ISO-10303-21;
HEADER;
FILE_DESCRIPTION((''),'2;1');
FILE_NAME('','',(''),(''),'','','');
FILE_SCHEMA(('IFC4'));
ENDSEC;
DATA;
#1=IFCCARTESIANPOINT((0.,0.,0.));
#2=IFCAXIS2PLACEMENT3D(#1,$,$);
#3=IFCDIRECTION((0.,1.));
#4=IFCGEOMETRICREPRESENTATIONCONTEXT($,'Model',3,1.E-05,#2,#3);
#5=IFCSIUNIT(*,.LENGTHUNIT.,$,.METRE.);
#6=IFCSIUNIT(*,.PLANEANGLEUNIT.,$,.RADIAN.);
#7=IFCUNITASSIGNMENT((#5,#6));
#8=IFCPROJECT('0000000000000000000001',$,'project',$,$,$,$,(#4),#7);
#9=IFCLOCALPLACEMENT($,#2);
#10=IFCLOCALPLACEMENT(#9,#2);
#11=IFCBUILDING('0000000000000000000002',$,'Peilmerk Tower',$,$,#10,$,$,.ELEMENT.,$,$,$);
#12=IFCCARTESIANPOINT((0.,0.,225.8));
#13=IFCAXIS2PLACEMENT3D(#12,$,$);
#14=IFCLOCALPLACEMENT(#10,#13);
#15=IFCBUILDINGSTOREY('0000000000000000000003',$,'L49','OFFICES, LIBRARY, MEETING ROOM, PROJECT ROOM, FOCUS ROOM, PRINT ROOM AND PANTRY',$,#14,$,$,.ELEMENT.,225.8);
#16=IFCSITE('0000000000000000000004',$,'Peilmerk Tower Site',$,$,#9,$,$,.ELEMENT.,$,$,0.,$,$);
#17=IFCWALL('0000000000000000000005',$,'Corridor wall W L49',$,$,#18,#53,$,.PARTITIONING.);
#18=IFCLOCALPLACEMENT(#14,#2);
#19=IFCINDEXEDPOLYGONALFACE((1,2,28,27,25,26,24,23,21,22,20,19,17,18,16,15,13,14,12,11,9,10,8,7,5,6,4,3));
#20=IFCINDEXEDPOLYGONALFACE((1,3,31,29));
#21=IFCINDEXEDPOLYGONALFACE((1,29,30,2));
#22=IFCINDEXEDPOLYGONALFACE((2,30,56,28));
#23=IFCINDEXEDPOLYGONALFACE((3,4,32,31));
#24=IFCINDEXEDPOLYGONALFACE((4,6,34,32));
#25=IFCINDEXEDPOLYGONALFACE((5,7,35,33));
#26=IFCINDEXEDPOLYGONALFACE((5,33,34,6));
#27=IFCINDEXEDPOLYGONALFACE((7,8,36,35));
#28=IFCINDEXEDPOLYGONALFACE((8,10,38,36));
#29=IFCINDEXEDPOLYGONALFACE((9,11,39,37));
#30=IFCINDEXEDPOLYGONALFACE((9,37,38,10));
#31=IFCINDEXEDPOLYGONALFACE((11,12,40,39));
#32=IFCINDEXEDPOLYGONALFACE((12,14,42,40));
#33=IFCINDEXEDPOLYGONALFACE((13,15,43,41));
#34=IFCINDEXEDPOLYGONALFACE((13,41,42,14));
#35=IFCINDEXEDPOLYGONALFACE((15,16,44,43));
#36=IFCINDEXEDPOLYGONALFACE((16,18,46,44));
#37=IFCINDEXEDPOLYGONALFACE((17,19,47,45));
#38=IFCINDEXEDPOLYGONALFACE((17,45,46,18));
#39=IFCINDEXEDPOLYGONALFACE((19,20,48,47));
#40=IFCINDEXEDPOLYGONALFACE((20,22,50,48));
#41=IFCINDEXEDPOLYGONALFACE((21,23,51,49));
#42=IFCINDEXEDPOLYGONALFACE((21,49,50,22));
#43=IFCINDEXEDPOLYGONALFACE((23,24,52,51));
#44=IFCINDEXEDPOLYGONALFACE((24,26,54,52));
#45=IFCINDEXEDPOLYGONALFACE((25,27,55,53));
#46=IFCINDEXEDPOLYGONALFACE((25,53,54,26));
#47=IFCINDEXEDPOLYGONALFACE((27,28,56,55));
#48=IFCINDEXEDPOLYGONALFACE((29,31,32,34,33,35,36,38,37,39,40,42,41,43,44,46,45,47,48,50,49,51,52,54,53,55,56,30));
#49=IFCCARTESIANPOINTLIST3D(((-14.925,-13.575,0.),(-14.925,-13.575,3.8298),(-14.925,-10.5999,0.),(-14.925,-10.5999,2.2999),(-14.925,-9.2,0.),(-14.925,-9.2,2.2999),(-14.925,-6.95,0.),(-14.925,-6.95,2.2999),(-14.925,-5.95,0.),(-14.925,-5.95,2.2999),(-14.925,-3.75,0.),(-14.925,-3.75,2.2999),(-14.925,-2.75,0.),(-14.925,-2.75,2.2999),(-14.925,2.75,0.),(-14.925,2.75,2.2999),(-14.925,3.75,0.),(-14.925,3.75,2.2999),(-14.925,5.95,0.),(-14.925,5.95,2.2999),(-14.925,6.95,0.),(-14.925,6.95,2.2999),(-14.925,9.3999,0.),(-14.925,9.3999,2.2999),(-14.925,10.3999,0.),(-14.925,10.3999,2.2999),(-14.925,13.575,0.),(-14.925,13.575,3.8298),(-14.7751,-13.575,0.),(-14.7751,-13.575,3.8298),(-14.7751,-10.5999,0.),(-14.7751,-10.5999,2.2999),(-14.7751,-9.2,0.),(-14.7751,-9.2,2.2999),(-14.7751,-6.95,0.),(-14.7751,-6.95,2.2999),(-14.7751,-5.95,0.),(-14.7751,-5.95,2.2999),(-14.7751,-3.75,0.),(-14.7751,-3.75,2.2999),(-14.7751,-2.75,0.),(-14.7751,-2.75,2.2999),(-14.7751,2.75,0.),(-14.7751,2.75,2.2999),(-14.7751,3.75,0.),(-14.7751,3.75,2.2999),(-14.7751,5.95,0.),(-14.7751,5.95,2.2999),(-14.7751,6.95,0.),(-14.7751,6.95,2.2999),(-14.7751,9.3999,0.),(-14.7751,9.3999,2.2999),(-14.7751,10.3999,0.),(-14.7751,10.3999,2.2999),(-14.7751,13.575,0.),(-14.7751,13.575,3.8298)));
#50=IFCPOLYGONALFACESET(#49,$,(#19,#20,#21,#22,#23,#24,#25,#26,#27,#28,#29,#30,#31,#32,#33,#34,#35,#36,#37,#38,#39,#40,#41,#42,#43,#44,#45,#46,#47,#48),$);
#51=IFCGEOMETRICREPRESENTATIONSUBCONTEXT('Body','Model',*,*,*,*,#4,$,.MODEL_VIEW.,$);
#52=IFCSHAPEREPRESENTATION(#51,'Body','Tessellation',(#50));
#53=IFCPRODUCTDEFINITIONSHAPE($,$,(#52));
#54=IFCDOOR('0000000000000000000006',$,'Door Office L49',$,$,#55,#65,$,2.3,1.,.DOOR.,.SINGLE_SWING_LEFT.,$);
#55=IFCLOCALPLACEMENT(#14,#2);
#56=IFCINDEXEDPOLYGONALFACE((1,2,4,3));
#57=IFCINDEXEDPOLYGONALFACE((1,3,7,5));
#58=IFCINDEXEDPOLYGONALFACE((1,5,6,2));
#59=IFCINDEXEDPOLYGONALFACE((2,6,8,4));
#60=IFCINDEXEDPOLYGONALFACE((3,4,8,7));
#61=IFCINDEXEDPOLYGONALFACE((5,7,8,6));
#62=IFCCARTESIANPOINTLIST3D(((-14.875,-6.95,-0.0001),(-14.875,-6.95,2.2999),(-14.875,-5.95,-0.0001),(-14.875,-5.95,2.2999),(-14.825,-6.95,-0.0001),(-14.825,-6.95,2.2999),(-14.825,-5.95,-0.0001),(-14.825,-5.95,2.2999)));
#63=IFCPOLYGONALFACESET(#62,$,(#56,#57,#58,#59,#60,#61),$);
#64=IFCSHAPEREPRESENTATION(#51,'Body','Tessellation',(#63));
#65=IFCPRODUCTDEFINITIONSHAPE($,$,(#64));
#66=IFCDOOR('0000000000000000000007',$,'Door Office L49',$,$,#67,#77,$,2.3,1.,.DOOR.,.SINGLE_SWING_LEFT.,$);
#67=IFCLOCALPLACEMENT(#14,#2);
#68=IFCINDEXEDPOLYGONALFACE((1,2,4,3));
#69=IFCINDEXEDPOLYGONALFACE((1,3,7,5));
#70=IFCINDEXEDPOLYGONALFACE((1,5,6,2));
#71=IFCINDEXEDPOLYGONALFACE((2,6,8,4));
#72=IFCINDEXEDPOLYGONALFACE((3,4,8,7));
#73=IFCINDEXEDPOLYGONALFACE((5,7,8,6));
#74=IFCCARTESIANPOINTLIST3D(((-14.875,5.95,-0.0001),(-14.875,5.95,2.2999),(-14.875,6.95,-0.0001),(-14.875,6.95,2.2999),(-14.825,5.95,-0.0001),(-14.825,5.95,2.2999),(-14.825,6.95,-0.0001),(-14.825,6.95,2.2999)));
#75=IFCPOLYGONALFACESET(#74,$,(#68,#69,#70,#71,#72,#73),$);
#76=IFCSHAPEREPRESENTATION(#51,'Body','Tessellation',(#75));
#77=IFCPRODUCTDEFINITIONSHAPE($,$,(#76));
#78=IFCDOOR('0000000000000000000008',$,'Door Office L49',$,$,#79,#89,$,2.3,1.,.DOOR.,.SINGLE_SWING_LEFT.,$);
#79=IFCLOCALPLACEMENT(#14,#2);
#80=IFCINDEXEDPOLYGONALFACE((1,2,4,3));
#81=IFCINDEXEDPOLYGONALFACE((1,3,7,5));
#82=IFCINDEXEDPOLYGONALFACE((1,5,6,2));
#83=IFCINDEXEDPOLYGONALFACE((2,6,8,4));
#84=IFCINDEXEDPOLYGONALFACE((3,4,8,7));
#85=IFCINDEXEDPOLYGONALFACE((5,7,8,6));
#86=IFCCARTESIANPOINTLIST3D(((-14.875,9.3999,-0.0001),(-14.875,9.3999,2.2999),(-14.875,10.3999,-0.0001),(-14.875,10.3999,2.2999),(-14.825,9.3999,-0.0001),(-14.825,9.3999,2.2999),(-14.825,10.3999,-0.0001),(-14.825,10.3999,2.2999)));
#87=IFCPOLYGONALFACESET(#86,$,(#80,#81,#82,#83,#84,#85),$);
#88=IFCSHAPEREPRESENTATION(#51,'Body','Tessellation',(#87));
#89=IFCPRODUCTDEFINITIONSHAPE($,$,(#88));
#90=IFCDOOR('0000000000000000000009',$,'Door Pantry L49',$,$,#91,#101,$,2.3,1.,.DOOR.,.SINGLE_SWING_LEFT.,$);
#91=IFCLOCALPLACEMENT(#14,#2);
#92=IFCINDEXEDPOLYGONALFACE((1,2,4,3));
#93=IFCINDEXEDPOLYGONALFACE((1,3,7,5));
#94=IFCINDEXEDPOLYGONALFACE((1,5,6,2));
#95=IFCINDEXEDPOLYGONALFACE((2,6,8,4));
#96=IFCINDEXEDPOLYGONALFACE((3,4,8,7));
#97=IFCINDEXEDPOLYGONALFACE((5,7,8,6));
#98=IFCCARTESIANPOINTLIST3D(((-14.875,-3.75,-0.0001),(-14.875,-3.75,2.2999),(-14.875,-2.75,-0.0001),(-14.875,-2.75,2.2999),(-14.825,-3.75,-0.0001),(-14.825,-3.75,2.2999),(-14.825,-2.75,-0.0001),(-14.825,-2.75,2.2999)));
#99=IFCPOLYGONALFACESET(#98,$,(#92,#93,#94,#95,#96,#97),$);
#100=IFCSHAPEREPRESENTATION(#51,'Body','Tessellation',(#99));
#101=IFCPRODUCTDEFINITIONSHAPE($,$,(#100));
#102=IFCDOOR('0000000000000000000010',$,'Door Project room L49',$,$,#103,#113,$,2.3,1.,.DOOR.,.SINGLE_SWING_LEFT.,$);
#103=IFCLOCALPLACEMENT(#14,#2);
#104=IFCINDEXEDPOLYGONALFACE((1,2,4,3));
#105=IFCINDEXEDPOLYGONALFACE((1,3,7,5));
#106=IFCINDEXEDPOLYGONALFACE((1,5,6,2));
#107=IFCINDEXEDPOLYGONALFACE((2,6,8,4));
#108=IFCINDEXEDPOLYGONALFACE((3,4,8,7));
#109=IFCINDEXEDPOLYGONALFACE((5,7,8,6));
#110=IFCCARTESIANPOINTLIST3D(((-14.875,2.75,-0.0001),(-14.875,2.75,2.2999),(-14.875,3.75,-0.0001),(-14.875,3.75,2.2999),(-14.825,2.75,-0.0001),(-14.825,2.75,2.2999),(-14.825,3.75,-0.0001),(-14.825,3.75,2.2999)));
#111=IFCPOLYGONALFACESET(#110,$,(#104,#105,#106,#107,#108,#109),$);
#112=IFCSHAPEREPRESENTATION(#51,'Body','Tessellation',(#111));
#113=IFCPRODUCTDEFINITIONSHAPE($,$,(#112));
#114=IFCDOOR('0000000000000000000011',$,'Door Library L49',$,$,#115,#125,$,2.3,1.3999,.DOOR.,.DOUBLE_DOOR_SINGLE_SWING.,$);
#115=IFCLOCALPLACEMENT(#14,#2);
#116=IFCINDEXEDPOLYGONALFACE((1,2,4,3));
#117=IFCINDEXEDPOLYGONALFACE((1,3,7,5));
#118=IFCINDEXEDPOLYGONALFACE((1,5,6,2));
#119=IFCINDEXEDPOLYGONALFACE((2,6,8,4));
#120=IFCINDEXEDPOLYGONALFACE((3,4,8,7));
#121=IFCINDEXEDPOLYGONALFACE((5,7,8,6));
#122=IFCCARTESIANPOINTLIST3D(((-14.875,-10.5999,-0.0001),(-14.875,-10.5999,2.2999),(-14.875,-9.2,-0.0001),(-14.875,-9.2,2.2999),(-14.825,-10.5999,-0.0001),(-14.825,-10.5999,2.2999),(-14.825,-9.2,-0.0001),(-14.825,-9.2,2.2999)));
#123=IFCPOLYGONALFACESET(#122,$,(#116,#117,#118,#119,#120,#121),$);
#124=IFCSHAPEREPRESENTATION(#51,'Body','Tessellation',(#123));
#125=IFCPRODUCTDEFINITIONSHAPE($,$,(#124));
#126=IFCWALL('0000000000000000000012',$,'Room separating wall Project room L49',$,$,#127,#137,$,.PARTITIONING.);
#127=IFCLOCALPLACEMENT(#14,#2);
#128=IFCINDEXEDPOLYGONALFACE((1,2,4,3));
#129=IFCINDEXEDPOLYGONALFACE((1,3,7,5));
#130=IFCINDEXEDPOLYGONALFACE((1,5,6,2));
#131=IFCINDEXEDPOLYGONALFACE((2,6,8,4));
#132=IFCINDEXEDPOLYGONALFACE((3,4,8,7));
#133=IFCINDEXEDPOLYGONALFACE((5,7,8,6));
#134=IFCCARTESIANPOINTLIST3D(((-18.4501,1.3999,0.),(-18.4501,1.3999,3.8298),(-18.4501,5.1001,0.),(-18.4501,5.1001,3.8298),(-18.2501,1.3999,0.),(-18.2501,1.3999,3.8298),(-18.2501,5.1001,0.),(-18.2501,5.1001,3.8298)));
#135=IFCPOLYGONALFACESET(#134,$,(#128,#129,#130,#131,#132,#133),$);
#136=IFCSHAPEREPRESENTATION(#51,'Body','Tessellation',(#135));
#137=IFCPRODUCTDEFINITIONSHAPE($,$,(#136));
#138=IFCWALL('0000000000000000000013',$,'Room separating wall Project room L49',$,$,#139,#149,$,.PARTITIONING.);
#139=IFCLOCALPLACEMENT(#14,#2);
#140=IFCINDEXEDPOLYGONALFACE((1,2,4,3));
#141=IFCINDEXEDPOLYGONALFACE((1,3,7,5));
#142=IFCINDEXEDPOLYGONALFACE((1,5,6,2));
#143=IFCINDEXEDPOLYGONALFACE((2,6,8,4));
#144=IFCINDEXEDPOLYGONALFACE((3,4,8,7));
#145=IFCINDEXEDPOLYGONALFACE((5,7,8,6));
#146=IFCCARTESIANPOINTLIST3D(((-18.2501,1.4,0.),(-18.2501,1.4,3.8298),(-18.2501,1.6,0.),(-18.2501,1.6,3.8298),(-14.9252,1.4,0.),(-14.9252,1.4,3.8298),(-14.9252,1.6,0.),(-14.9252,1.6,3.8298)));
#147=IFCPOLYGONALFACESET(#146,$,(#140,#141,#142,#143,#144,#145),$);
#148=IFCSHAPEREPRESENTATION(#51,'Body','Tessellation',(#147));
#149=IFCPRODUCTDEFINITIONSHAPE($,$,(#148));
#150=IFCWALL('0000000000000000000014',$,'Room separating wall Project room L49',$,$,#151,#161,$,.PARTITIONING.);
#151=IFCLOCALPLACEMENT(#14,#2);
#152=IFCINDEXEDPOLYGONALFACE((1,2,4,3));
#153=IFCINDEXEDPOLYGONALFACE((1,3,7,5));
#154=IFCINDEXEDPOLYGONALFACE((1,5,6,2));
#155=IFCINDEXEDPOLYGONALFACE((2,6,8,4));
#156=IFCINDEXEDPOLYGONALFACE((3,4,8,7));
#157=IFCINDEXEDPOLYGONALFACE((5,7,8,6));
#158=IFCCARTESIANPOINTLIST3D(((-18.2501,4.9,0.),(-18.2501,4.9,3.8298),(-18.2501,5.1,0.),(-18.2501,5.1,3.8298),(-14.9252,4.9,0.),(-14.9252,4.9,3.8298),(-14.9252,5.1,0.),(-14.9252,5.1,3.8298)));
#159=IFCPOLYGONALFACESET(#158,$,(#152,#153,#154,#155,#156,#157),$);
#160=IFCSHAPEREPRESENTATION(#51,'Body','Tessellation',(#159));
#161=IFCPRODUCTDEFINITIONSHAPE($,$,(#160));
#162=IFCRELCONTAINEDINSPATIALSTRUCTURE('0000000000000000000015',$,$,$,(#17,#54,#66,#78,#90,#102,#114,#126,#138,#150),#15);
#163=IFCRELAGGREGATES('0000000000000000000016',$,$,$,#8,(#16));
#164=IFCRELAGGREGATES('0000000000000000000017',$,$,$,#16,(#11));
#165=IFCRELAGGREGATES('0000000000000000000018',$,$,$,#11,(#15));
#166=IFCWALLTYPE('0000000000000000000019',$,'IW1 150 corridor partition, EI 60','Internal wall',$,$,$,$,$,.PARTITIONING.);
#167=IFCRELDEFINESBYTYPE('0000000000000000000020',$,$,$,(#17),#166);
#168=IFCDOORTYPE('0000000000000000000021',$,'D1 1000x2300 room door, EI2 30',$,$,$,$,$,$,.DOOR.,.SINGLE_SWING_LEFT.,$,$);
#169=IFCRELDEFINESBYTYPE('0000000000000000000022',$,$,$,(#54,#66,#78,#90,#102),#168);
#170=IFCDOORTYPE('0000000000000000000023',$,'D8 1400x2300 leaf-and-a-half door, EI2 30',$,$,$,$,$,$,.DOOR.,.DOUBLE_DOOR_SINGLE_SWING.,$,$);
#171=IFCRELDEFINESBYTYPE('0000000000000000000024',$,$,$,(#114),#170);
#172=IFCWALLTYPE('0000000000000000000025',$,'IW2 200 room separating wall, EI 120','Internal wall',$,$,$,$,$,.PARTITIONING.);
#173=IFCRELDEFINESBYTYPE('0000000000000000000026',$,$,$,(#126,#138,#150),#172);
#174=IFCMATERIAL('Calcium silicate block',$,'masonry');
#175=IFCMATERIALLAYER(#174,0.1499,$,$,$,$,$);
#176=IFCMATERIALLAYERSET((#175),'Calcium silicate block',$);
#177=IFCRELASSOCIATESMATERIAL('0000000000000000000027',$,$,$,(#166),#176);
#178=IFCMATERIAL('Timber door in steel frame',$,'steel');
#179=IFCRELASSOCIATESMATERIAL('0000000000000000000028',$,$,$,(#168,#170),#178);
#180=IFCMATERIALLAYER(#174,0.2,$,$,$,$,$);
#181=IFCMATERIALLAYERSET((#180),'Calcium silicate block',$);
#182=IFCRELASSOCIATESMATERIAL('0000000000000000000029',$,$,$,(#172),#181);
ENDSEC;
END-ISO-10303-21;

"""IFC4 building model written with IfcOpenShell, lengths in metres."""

from ifc_helpers import new_model, si_unit, direction, frame, frame_2d, origin, place, context, subcontext, project, spatial, rectangle, extrude, material, layer, layer_set, type_object, element, fill, save


model = new_model("IFC4")

# Units and contexts
model_context = context("Model", 3, precision=1e-05, world=origin(), true_north=direction((0.0, 1.0)))
body_context = subcontext(model_context, "Body", "Model", "MODEL_VIEW")
ifc_project = project(units=[si_unit("LENGTHUNIT", "METRE"), si_unit("PLANEANGLEUNIT", "RADIAN")], contexts=[model_context])

# Site, building, storey
site_placement = place(None, origin())
site = spatial("IfcSite", under=ifc_project, at=site_placement, Name="Peilmerk Tower Site", CompositionType="ELEMENT", RefElevation=0.0)
building_placement = place(site_placement, origin())
building = spatial("IfcBuilding", under=site, at=building_placement, Name="Peilmerk Tower", CompositionType="ELEMENT")
storey_placement = place(building_placement, frame((0.0, 0.0, 225.8)))
storey = spatial("IfcBuildingStorey", under=building, at=storey_placement, Name="L49", Description="OFFICES, LIBRARY, MEETING ROOM, PROJECT ROOM, FOCUS ROOM, PRINT ROOM AND PANTRY", CompositionType="ELEMENT", Elevation=225.8)

# Wall, openings, doors
ifc_material_1 = material(Name="Calcium silicate block", Category="masonry")
ifc_layer_1 = layer(ifc_material_1, 0.1499)
ifc_layer_set_1 = layer_set([ifc_layer_1], Name="Calcium silicate block")
wall_type_1 = type_object("IfcWallType", Name="IW1 150 corridor partition, EI 60", Description="Internal wall", PredefinedType="PARTITIONING", material=ifc_layer_set_1)
wall_1_placement = place(storey_placement, frame((-14.8501, 13.575, 0.0), z_axis=(0.0, 0.0, 1.0), x_axis=(0.0, -1.0, 0.0)))
wall_1 = element("IfcWall", 1, at=wall_1_placement, inside=storey, type_object=wall_type_1, Name="Corridor wall W L49", PredefinedType="PARTITIONING", context=body_context, shape_type="SweptSolid", body=[
    extrude(rectangle(XDim=27.1499, YDim=0.1499, at=frame_2d((13.575, 0.0))), origin(), (0.0, 0.0, 1.0), 3.8298),
])
opening_1_placement = place(wall_1_placement, frame((22.7749, 0.0, 0.0)))
opening_1 = element("IfcOpeningElement", 2, at=opening_1_placement, cuts=wall_1, PredefinedType="OPENING", context=body_context, shape_type="SweptSolid", body=[
    extrude(rectangle(XDim=1.3999, YDim=2.3, at=frame_2d((0.7, 1.1499))), frame((0.0, 0.085, 0.0), z_axis=(0.0, -1.0, 0.0), x_axis=(1.0, 0.0, 0.0)), (0.0, 0.0, 1.0), 0.1699),
])
opening_2_placement = place(wall_1_placement, frame((19.5249, 0.0, 0.0)))
opening_2 = element("IfcOpeningElement", 3, at=opening_2_placement, cuts=wall_1, PredefinedType="OPENING", context=body_context, shape_type="SweptSolid", body=[
    extrude(rectangle(XDim=1.0, YDim=2.3, at=frame_2d((0.5, 1.1499))), frame((0.0, 0.085, 0.0), z_axis=(0.0, -1.0, 0.0), x_axis=(1.0, 0.0, 0.0)), (0.0, 0.0, 1.0), 0.1699),
])
opening_3_placement = place(wall_1_placement, frame((6.625, 0.0, 0.0)))
opening_3 = element("IfcOpeningElement", 4, at=opening_3_placement, cuts=wall_1, PredefinedType="OPENING", context=body_context, shape_type="SweptSolid", body=[
    extrude(rectangle(XDim=1.0, YDim=2.3, at=frame_2d((0.5, 1.1499))), frame((0.0, 0.085, 0.0), z_axis=(0.0, -1.0, 0.0), x_axis=(1.0, 0.0, 0.0)), (0.0, 0.0, 1.0), 0.1699),
])
opening_4_placement = place(wall_1_placement, frame((3.175, 0.0, 0.0)))
opening_4 = element("IfcOpeningElement", 5, at=opening_4_placement, cuts=wall_1, PredefinedType="OPENING", context=body_context, shape_type="SweptSolid", body=[
    extrude(rectangle(XDim=1.0, YDim=2.3, at=frame_2d((0.5, 1.1499))), frame((0.0, 0.085, 0.0), z_axis=(0.0, -1.0, 0.0), x_axis=(1.0, 0.0, 0.0)), (0.0, 0.0, 1.0), 0.1699),
])
opening_5_placement = place(wall_1_placement, frame((16.325, 0.0, 0.0)))
opening_5 = element("IfcOpeningElement", 6, at=opening_5_placement, cuts=wall_1, PredefinedType="OPENING", context=body_context, shape_type="SweptSolid", body=[
    extrude(rectangle(XDim=1.0, YDim=2.3, at=frame_2d((0.5, 1.1499))), frame((0.0, 0.085, 0.0), z_axis=(0.0, -1.0, 0.0), x_axis=(1.0, 0.0, 0.0)), (0.0, 0.0, 1.0), 0.1699),
])
opening_6_placement = place(wall_1_placement, frame((9.825, 0.0, 0.0)))
opening_6 = element("IfcOpeningElement", 7, at=opening_6_placement, cuts=wall_1, PredefinedType="OPENING", context=body_context, shape_type="SweptSolid", body=[
    extrude(rectangle(XDim=1.0, YDim=2.3, at=frame_2d((0.5, 1.1499))), frame((0.0, 0.085, 0.0), z_axis=(0.0, -1.0, 0.0), x_axis=(1.0, 0.0, 0.0)), (0.0, 0.0, 1.0), 0.1699),
])
ifc_material_2 = material(Name="Timber door in steel frame", Category="steel")
door_type_1 = type_object("IfcDoorType", Name="D1 1000x2300 room door, EI2 30", OperationType="SINGLE_SWING_LEFT", PredefinedType="DOOR", material=ifc_material_2)
door_1_placement = place(opening_2_placement, frame((1.0, 0.0, 0.0), z_axis=(0.0, 0.0, 1.0), x_axis=(-1.0, 0.0, 0.0)))
door_1 = element("IfcDoor", 8, at=door_1_placement, inside=storey, type_object=door_type_1, Name="Door Office L49", OperationType="SINGLE_SWING_LEFT", OverallHeight=2.3, OverallWidth=1.0, PredefinedType="DOOR", context=body_context, shape_type="SweptSolid", body=[
    extrude(rectangle(XDim=1.0, YDim=2.3, at=frame_2d((0.5, 1.1499))), frame((0.0, 0.0249, 0.0), z_axis=(0.0, -1.0, 0.0), x_axis=(1.0, 0.0, 0.0)), (0.0, 0.0, 1.0), 0.05),
])
fill(opening_2, door_1)
door_2_placement = place(opening_3_placement, frame((1.0, 0.0, 0.0), z_axis=(0.0, 0.0, 1.0), x_axis=(-1.0, 0.0, 0.0)))
door_2 = element("IfcDoor", 9, at=door_2_placement, inside=storey, type_object=door_type_1, Name="Door Office L49", OperationType="SINGLE_SWING_LEFT", OverallHeight=2.3, OverallWidth=1.0, PredefinedType="DOOR", context=body_context, shape_type="SweptSolid", body=[
    extrude(rectangle(XDim=1.0, YDim=2.3, at=frame_2d((0.5, 1.1499))), frame((0.0, 0.0249, 0.0), z_axis=(0.0, -1.0, 0.0), x_axis=(1.0, 0.0, 0.0)), (0.0, 0.0, 1.0), 0.05),
])
fill(opening_3, door_2)
door_3_placement = place(opening_4_placement, frame((1.0, 0.0, 0.0), z_axis=(0.0, 0.0, 1.0), x_axis=(-1.0, 0.0, 0.0)))
door_3 = element("IfcDoor", 10, at=door_3_placement, inside=storey, type_object=door_type_1, Name="Door Office L49", OperationType="SINGLE_SWING_LEFT", OverallHeight=2.3, OverallWidth=1.0, PredefinedType="DOOR", context=body_context, shape_type="SweptSolid", body=[
    extrude(rectangle(XDim=1.0, YDim=2.3, at=frame_2d((0.5, 1.1499))), frame((0.0, 0.0249, 0.0), z_axis=(0.0, -1.0, 0.0), x_axis=(1.0, 0.0, 0.0)), (0.0, 0.0, 1.0), 0.05),
])
fill(opening_4, door_3)
door_4_placement = place(opening_5_placement, frame((1.0, 0.0, 0.0), z_axis=(0.0, 0.0, 1.0), x_axis=(-1.0, 0.0, 0.0)))
door_4 = element("IfcDoor", 11, at=door_4_placement, inside=storey, type_object=door_type_1, Name="Door Pantry L49", OperationType="SINGLE_SWING_LEFT", OverallHeight=2.3, OverallWidth=1.0, PredefinedType="DOOR", context=body_context, shape_type="SweptSolid", body=[
    extrude(rectangle(XDim=1.0, YDim=2.3, at=frame_2d((0.5, 1.1499))), frame((0.0, 0.0249, 0.0), z_axis=(0.0, -1.0, 0.0), x_axis=(1.0, 0.0, 0.0)), (0.0, 0.0, 1.0), 0.05),
])
fill(opening_5, door_4)
door_5_placement = place(opening_6_placement, frame((1.0, 0.0, 0.0), z_axis=(0.0, 0.0, 1.0), x_axis=(-1.0, 0.0, 0.0)))
door_5 = element("IfcDoor", 12, at=door_5_placement, inside=storey, type_object=door_type_1, Name="Door Project room L49", OperationType="SINGLE_SWING_LEFT", OverallHeight=2.3, OverallWidth=1.0, PredefinedType="DOOR", context=body_context, shape_type="SweptSolid", body=[
    extrude(rectangle(XDim=1.0, YDim=2.3, at=frame_2d((0.5, 1.1499))), frame((0.0, 0.0249, 0.0), z_axis=(0.0, -1.0, 0.0), x_axis=(1.0, 0.0, 0.0)), (0.0, 0.0, 1.0), 0.05),
])
fill(opening_6, door_5)
door_type_2 = type_object("IfcDoorType", Name="D8 1400x2300 leaf-and-a-half door, EI2 30", OperationType="DOUBLE_DOOR_SINGLE_SWING", PredefinedType="DOOR", material=ifc_material_2)
door_6_placement = place(opening_1_placement, frame((1.3999, 0.0, 0.0), z_axis=(0.0, 0.0, 1.0), x_axis=(-1.0, 0.0, 0.0)))
door_6 = element("IfcDoor", 13, at=door_6_placement, inside=storey, type_object=door_type_2, Name="Door Library L49", OperationType="DOUBLE_DOOR_SINGLE_SWING", OverallHeight=2.3, OverallWidth=1.3999, PredefinedType="DOOR", context=body_context, shape_type="SweptSolid", body=[
    extrude(rectangle(XDim=1.3999, YDim=2.3, at=frame_2d((0.7, 1.1499))), frame((0.0, 0.0249, 0.0), z_axis=(0.0, -1.0, 0.0), x_axis=(1.0, 0.0, 0.0)), (0.0, 0.0, 1.0), 0.05),
])
fill(opening_1, door_6)

# Walls
ifc_layer_2 = layer(ifc_material_1, 0.2)
ifc_layer_set_2 = layer_set([ifc_layer_2], Name="Calcium silicate block")
wall_type_2 = type_object("IfcWallType", Name="IW2 200 room separating wall, EI 120", Description="Internal wall", PredefinedType="PARTITIONING", material=ifc_layer_set_2)
wall_2_placement = place(storey_placement, frame((-18.3501, 1.3999, 0.0), z_axis=(0.0, 0.0, 1.0), x_axis=(0.0, 1.0, 0.0)))
element("IfcWall", 14, at=wall_2_placement, inside=storey, type_object=wall_type_2, Name="Room separating wall Project room L49", PredefinedType="PARTITIONING", context=body_context, shape_type="SweptSolid", body=[
    extrude(rectangle(XDim=3.7002, YDim=0.2, at=frame_2d((1.8501, 0.0))), origin(), (0.0, 0.0, 1.0), 3.8298),
])
for number, where, z_axis, x_axis, name in (
    (15, (-14.925, 1.5, 0.0), (0.0, 0.0, 1.0), (-1.0, 0.0, 0.0), "Room separating wall Project room L49"),
    (16, (-14.925, 5.0, 0.0), (0.0, 0.0, 1.0), (-1.0, 0.0, 0.0), "Room separating wall Project room L49"),
):
    element("IfcWall", number, at=place(storey_placement, frame(where, z_axis=z_axis, x_axis=x_axis)), inside=storey, type_object=wall_type_2, Name=name, PredefinedType="PARTITIONING", context=body_context, shape_type="SweptSolid", body=[
        extrude(rectangle(XDim=3.325, YDim=0.2, at=frame_2d((1.6626, 0.0))), origin(), (0.0, 0.0, 1.0), 3.8298),
    ])

save(model, "model.ifc")
